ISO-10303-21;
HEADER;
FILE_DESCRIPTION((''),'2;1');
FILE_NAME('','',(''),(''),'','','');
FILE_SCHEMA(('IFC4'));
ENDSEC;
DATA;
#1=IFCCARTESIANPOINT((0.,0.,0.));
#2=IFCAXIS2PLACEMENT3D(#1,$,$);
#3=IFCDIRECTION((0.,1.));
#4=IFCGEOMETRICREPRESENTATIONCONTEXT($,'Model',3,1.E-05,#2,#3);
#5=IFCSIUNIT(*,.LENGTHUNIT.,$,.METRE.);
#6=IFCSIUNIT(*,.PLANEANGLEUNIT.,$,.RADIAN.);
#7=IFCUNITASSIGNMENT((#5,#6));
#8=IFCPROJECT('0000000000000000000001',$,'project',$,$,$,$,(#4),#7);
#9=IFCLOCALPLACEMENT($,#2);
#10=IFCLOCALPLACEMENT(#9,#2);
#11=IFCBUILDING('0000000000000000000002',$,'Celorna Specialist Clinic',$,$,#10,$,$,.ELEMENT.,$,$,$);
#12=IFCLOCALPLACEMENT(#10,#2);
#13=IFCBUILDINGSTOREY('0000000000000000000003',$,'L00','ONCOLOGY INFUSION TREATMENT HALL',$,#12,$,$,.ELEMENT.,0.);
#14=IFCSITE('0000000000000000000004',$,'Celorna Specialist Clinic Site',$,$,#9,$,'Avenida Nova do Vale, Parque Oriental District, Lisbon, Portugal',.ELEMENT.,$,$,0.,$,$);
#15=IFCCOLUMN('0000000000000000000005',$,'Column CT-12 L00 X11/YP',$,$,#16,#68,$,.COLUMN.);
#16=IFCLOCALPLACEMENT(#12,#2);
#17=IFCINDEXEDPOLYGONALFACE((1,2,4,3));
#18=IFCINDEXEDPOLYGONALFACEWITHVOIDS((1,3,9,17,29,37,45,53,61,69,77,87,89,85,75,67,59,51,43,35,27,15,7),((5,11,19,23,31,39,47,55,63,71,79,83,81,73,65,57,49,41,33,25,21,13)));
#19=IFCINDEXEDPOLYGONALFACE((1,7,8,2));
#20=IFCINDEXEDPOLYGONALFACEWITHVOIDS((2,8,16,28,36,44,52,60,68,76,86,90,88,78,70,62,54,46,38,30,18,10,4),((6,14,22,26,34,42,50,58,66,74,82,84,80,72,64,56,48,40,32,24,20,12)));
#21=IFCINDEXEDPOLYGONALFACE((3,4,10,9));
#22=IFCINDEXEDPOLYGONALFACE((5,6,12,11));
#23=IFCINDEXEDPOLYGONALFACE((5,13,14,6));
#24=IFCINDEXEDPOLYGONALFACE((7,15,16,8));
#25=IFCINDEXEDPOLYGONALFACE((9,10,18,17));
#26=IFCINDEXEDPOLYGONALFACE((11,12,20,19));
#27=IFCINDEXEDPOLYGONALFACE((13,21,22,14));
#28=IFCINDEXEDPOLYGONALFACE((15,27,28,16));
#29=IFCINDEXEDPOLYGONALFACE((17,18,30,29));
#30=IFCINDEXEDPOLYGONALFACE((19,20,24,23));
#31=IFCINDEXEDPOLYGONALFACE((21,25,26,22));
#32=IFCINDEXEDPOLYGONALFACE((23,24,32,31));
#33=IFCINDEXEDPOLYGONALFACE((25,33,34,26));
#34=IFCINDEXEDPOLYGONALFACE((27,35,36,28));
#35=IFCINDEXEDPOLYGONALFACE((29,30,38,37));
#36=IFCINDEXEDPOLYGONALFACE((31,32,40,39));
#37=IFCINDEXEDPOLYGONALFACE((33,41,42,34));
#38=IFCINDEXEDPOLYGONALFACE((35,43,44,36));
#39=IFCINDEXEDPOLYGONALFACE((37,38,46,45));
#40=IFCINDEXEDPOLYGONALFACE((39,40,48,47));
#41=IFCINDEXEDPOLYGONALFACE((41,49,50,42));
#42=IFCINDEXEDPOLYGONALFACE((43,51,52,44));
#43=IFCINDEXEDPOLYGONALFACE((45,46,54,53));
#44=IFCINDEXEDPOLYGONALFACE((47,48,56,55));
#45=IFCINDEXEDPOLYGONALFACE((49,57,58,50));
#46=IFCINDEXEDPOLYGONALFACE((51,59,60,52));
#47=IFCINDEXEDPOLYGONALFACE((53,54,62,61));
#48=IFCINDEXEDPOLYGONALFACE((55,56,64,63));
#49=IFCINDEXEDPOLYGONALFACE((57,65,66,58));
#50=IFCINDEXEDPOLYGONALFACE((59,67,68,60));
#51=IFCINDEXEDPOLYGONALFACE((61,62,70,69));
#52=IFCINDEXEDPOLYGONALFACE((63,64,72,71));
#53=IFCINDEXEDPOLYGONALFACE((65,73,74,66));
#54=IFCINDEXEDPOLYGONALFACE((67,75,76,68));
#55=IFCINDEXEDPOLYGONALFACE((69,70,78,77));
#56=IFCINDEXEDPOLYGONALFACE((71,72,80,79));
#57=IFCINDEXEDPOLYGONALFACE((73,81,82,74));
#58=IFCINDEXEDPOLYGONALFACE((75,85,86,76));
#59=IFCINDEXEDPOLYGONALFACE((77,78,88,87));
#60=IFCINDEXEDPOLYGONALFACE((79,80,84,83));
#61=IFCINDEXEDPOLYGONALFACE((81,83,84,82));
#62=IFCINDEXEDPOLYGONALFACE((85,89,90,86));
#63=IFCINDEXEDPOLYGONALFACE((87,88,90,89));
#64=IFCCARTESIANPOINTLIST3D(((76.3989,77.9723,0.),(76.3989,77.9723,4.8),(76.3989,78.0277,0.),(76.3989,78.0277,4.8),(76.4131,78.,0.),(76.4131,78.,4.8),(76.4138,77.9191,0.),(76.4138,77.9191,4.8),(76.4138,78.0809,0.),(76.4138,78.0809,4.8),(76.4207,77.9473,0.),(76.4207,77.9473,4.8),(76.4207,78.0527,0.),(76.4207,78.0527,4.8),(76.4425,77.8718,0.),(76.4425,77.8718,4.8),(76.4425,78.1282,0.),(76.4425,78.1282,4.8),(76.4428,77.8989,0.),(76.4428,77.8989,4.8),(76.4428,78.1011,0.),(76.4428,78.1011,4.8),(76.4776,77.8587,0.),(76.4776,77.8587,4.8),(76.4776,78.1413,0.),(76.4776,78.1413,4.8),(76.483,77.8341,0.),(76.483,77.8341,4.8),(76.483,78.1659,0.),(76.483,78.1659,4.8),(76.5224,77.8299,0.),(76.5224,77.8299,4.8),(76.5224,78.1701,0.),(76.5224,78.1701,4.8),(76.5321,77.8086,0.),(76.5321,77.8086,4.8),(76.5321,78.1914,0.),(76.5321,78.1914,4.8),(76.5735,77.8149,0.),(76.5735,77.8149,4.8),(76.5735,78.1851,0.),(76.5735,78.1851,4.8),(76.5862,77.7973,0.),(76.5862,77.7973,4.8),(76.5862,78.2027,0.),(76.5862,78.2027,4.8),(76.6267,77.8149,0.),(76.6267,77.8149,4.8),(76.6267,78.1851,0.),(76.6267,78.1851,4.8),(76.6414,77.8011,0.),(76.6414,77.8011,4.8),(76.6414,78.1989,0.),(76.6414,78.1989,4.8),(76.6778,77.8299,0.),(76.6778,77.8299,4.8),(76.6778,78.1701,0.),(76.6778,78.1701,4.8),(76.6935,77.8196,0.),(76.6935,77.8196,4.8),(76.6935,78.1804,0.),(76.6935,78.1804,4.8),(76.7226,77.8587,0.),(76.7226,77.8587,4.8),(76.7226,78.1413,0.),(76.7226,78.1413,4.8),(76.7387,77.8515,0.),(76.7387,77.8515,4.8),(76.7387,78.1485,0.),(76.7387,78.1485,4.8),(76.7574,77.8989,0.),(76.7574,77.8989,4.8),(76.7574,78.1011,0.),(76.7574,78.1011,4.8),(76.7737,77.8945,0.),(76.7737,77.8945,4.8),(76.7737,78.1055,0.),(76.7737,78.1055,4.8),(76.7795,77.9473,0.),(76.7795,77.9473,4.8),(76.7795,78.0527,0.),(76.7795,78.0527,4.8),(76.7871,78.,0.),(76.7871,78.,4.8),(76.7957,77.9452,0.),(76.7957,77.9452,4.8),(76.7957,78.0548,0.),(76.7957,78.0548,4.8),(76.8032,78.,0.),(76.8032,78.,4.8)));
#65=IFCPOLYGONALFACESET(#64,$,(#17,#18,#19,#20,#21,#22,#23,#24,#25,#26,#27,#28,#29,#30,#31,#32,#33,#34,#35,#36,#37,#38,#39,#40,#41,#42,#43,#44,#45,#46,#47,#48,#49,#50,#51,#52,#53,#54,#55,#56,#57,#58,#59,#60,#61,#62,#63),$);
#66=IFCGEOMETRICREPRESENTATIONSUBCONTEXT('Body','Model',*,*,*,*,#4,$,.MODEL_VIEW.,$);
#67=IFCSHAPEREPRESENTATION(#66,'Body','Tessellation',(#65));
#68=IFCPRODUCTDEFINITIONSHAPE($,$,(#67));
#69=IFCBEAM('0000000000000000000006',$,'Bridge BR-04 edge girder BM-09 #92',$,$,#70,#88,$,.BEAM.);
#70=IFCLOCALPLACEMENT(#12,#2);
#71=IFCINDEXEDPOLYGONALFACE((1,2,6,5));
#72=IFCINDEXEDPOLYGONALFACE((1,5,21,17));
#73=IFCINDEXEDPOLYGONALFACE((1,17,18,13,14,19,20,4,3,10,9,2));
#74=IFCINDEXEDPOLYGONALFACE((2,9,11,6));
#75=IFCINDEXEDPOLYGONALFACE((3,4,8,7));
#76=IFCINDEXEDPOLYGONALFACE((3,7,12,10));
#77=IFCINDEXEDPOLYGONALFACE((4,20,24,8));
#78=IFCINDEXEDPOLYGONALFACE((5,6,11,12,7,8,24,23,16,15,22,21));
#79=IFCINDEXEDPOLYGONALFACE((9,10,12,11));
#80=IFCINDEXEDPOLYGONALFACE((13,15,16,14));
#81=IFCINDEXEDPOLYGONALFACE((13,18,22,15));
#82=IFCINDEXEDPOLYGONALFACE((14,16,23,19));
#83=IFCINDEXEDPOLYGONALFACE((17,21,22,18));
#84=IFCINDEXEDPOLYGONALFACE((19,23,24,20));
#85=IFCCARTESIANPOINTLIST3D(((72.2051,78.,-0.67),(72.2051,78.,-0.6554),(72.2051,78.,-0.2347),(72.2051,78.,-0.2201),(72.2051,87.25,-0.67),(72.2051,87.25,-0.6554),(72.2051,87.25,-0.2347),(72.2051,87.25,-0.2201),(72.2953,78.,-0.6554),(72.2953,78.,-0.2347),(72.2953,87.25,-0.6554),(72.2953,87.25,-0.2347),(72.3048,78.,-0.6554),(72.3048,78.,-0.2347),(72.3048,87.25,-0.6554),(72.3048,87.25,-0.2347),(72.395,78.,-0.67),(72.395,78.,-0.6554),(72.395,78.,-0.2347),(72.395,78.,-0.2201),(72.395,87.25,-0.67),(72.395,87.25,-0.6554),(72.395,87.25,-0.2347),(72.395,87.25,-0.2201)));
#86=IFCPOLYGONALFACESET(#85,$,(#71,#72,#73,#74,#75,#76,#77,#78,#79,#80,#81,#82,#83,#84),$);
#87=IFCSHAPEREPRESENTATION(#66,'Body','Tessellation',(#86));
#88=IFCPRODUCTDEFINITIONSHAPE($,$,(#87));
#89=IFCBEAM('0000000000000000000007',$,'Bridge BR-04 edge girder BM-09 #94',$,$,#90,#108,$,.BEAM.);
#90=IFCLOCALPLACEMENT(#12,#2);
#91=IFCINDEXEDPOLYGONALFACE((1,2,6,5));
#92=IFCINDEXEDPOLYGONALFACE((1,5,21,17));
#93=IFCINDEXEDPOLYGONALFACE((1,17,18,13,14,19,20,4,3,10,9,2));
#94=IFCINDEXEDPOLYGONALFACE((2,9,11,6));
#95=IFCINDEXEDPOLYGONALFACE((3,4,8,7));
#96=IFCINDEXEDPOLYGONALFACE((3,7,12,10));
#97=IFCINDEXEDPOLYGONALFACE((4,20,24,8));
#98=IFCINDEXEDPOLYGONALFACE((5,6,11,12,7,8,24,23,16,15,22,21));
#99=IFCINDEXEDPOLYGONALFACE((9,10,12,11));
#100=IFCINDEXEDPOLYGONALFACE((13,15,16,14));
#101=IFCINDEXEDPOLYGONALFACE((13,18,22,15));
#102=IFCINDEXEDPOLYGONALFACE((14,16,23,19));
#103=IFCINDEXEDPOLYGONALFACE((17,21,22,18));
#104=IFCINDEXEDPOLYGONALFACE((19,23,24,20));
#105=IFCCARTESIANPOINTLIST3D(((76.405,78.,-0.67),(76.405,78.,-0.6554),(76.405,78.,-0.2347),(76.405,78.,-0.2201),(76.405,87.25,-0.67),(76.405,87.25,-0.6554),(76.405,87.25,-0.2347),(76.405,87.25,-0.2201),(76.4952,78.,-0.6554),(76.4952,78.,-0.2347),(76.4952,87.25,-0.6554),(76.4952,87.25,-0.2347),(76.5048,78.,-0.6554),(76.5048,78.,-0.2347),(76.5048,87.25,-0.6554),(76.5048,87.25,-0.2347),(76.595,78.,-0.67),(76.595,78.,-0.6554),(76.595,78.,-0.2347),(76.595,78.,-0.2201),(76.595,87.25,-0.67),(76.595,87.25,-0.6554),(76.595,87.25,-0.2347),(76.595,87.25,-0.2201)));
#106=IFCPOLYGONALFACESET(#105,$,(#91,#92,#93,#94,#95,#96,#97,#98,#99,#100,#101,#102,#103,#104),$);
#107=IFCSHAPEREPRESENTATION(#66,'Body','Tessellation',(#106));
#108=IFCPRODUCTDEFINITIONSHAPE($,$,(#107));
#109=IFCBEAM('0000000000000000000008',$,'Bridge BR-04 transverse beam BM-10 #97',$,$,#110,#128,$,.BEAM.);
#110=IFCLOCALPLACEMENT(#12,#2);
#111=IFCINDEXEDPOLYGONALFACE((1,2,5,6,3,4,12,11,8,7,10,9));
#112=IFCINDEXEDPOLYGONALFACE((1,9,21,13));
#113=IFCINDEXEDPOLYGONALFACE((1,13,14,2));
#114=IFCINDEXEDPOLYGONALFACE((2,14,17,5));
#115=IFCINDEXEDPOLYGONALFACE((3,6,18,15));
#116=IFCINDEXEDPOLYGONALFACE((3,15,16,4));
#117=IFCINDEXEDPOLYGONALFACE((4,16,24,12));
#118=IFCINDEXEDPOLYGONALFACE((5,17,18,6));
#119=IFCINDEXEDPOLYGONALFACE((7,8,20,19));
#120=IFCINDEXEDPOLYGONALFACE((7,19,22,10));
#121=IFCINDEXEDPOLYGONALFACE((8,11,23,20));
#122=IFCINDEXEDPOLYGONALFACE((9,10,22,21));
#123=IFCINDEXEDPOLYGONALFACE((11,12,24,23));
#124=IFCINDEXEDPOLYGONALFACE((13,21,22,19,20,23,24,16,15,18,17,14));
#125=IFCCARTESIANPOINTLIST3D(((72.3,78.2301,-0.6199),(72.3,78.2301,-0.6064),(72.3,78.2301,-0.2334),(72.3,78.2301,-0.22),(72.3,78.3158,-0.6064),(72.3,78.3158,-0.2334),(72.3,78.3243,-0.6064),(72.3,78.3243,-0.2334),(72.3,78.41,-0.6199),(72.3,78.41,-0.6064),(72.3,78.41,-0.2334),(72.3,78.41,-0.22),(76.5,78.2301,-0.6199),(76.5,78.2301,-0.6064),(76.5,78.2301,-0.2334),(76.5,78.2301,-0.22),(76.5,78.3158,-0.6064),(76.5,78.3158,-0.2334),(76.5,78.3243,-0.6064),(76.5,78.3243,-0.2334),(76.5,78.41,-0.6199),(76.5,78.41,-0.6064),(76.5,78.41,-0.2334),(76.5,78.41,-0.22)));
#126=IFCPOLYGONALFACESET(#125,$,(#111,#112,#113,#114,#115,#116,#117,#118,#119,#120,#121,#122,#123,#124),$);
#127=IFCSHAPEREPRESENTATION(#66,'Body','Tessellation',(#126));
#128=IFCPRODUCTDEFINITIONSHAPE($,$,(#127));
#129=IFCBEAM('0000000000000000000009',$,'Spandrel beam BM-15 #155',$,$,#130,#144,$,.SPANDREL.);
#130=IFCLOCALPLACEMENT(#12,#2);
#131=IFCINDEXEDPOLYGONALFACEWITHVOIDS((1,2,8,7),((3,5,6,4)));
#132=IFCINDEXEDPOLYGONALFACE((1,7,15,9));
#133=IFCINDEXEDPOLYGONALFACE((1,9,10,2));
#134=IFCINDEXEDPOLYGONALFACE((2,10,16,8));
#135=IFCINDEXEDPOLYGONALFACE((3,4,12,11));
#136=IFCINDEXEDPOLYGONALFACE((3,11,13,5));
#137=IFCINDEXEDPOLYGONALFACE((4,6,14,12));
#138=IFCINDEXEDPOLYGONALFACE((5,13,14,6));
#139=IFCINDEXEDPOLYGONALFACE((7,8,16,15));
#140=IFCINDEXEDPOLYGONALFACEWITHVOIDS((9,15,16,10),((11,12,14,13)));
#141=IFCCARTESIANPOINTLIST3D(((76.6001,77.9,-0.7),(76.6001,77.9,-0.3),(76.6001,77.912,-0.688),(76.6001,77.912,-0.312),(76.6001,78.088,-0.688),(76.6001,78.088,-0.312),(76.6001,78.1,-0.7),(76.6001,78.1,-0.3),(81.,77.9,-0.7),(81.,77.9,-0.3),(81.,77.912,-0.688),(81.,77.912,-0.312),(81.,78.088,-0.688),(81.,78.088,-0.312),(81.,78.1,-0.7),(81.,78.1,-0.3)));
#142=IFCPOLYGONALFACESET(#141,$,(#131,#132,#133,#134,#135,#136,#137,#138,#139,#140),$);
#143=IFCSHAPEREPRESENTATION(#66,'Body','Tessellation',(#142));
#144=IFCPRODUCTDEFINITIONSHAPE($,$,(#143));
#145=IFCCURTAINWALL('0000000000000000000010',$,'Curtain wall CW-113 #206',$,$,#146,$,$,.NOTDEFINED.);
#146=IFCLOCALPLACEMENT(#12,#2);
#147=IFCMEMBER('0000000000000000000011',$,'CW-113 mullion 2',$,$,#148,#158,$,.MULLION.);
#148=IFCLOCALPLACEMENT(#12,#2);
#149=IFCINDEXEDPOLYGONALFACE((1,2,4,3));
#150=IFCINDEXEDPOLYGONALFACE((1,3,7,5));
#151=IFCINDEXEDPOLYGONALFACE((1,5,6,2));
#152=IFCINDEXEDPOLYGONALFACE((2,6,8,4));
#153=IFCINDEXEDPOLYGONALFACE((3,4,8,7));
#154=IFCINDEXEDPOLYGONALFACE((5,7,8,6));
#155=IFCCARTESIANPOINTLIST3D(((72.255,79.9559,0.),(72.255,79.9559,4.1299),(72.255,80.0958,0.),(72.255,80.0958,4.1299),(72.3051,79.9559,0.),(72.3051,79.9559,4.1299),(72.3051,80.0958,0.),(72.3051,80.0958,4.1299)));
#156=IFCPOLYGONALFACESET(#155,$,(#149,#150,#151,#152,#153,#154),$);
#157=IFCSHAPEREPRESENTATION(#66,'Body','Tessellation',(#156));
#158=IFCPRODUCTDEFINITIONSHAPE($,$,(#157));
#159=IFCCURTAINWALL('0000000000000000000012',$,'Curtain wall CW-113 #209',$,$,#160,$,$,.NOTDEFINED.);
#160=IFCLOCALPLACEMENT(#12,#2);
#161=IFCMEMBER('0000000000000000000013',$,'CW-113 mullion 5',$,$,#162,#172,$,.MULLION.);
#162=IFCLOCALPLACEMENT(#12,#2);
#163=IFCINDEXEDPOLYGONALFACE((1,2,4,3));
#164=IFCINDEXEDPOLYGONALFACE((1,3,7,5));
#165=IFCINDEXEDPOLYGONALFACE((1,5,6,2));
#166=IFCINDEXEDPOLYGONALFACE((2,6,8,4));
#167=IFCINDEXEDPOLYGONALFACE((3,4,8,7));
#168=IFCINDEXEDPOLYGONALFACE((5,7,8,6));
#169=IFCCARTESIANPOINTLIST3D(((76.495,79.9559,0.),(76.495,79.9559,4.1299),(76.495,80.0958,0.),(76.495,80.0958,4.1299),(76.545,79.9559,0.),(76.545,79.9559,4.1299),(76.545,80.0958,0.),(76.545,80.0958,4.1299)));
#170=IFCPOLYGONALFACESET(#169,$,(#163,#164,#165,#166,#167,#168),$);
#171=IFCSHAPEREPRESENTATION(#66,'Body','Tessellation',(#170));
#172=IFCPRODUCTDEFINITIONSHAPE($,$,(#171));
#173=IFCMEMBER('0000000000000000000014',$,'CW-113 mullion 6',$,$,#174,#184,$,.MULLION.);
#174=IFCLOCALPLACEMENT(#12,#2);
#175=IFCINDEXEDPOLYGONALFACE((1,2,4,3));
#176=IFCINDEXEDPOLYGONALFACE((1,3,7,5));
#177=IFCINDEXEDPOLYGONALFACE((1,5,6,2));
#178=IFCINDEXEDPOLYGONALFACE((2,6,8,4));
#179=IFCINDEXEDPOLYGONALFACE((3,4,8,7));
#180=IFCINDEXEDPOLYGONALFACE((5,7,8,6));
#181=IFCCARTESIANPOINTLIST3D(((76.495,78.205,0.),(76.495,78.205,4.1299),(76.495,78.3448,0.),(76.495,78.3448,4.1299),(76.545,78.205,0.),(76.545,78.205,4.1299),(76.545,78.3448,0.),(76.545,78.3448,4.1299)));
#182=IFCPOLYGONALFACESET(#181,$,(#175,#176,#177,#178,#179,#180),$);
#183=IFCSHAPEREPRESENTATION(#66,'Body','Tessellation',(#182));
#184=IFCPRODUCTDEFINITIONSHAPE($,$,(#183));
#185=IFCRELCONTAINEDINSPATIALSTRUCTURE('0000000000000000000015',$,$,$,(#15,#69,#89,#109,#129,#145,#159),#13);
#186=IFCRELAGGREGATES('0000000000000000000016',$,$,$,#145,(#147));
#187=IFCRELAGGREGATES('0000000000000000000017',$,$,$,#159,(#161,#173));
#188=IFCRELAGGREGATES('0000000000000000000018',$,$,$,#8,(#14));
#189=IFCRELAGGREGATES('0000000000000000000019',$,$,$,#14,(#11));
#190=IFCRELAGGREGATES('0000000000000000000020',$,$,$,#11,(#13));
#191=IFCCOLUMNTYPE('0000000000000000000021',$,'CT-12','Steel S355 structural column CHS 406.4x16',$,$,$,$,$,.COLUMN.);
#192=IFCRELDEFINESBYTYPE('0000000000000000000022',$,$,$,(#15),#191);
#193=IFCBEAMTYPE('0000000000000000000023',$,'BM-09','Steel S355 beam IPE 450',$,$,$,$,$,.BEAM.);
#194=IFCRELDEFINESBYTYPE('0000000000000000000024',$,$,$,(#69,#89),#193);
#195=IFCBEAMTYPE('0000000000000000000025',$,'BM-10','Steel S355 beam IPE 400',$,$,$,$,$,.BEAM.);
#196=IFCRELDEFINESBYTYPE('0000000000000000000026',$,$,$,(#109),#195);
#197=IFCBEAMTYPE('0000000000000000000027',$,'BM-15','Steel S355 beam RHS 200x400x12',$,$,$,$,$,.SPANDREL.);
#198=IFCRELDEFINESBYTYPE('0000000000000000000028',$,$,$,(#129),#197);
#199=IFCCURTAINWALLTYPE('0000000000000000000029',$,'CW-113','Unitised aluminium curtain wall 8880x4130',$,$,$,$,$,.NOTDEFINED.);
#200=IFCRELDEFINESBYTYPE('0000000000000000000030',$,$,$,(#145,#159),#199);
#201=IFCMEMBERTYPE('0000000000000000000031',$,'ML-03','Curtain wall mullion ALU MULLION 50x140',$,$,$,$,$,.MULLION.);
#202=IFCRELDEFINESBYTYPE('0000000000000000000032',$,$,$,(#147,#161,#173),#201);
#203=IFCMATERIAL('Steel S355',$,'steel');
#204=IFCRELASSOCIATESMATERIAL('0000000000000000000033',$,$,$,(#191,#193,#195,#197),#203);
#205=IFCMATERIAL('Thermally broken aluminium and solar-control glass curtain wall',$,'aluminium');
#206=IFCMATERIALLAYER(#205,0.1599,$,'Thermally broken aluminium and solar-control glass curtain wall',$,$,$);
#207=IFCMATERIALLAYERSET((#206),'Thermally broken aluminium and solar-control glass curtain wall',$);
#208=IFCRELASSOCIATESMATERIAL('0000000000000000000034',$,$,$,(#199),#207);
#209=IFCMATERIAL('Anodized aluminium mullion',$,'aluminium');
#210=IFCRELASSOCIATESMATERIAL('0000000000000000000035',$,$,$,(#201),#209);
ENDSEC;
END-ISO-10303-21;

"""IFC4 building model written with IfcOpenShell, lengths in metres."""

from ifc_helpers import new_model, si_unit, direction, frame, origin, origin_2d, place, context, subcontext, project, spatial, rectangle, hollow_rectangle, hollow_circle, i_section, extrude, material, layer, layer_set, material_profile, profile_set, type_object, element, aggregate, save


model = new_model("IFC4")

# Units and contexts
model_context = context("Model", 3, precision=1e-05, world=origin(), true_north=direction((0.0, 1.0)))
body_context = subcontext(model_context, "Body", "Model", "MODEL_VIEW")
ifc_project = project(units=[si_unit("LENGTHUNIT", "METRE"), si_unit("PLANEANGLEUNIT", "RADIAN")], contexts=[model_context])

# Site, building, storey
site_placement = place(None, origin())
site = spatial("IfcSite", under=ifc_project, at=site_placement, Name="Celorna Specialist Clinic Site", LongName="Avenida Nova do Vale, Parque Oriental District, Lisbon, Portugal", CompositionType="ELEMENT", RefElevation=0.0)
building_placement = place(site_placement, origin())
building = spatial("IfcBuilding", under=site, at=building_placement, Name="Celorna Specialist Clinic", CompositionType="ELEMENT")
storey_placement = place(building_placement, origin())
storey = spatial("IfcBuildingStorey", under=building, at=storey_placement, Name="L00", Description="ONCOLOGY INFUSION TREATMENT HALL", CompositionType="ELEMENT", Elevation=0.0)

# Column
ifc_material_1 = material(Name="Steel S355", Category="steel")
ifc_material_profile_1 = material_profile(ifc_material_1, hollow_circle(Radius=0.2031, WallThickness=0.0161, at=origin_2d()), Name="CHS 406.4x16")
ifc_profile_set_1 = profile_set([ifc_material_profile_1], Name="Steel S355")
column_type = type_object("IfcColumnType", Name="CT-12", Description="Steel S355 structural column CHS 406.4x16", PredefinedType="COLUMN", material=ifc_profile_set_1)
column_placement = place(storey_placement, frame((76.6001, 78.0, 0.0), z_axis=(0.0, 0.0, 1.0), x_axis=(1.0, 0.0, 0.0)))
element("IfcColumn", 1, at=column_placement, inside=storey, type_object=column_type, Name="Column CT-12 L00 X11/YP", PredefinedType="COLUMN", context=body_context, shape_type="SweptSolid", body=[
    extrude(hollow_circle(Radius=0.2031, WallThickness=0.0161, at=origin_2d()), origin(), (0.0, 0.0, 1.0), 4.8),
])

# Beams
ifc_material_profile_2 = material_profile(ifc_material_1, i_section(OverallWidth=0.1899, OverallDepth=0.45, WebThickness=0.0095, FlangeThickness=0.0146, at=origin_2d()), Name="IPE 450")
ifc_profile_set_2 = profile_set([ifc_material_profile_2], Name="Steel S355")
beam_type_1 = type_object("IfcBeamType", Name="BM-09", Description="Steel S355 beam IPE 450", PredefinedType="BEAM", material=ifc_profile_set_2)
for number, where, z_axis, x_axis, name in (
    (2, (72.3, 78.0, -0.4451), (0.0, 1.0, 0.0), (-1.0, 0.0, 0.0), "Bridge BR-04 edge girder BM-09 #92"),
    (3, (76.5, 78.0, -0.4451), (0.0, 1.0, 0.0), (-1.0, 0.0, 0.0), "Bridge BR-04 edge girder BM-09 #94"),
):
    element("IfcBeam", number, at=place(storey_placement, frame(where, z_axis=z_axis, x_axis=x_axis)), inside=storey, type_object=beam_type_1, Name=name, PredefinedType="BEAM", context=body_context, shape_type="SweptSolid", body=[
        extrude(i_section(OverallWidth=0.1899, OverallDepth=0.45, WebThickness=0.0095, FlangeThickness=0.0146, at=origin_2d()), origin(), (0.0, 0.0, 1.0), 9.25),
    ])
ifc_material_profile_3 = material_profile(ifc_material_1, i_section(OverallWidth=0.1799, OverallDepth=0.3999, WebThickness=0.0085, FlangeThickness=0.0134, at=origin_2d()), Name="IPE 400")
ifc_profile_set_3 = profile_set([ifc_material_profile_3], Name="Steel S355")
beam_type_2 = type_object("IfcBeamType", Name="BM-10", Description="Steel S355 beam IPE 400", PredefinedType="BEAM", material=ifc_profile_set_3)
beam_1_placement = place(storey_placement, frame((72.3, 78.3201, -0.4199), z_axis=(1.0, 0.0, 0.0), x_axis=(0.0, 1.0, 0.0)))
element("IfcBeam", 4, at=beam_1_placement, inside=storey, type_object=beam_type_2, Name="Bridge BR-04 transverse beam BM-10 #97", PredefinedType="BEAM", context=body_context, shape_type="SweptSolid", body=[
    extrude(i_section(OverallWidth=0.1799, OverallDepth=0.3999, WebThickness=0.0085, FlangeThickness=0.0134, at=origin_2d()), origin(), (0.0, 0.0, 1.0), 4.2),
])
ifc_material_profile_4 = material_profile(ifc_material_1, hollow_rectangle(XDim=0.2, YDim=0.3999, WallThickness=0.012, at=origin_2d()), Name="RHS 200x400x12")
ifc_profile_set_4 = profile_set([ifc_material_profile_4], Name="Steel S355")
beam_type_3 = type_object("IfcBeamType", Name="BM-15", Description="Steel S355 beam RHS 200x400x12", PredefinedType="SPANDREL", material=ifc_profile_set_4)
beam_2_placement = place(storey_placement, frame((76.6001, 78.0, -0.5), z_axis=(1.0, 0.0, 0.0), x_axis=(0.0, 1.0, 0.0)))
element("IfcBeam", 5, at=beam_2_placement, inside=storey, type_object=beam_type_3, Name="Spandrel beam BM-15 #155", PredefinedType="SPANDREL", context=body_context, shape_type="SweptSolid", body=[
    extrude(hollow_rectangle(XDim=0.2, YDim=0.3999, WallThickness=0.012, at=origin_2d()), origin(), (0.0, 0.0, 1.0), 4.3999),
])

# Curtain wall, member
ifc_material_2 = material(Name="Thermally broken aluminium and solar-control glass curtain wall", Category="aluminium")
ifc_layer_1 = layer(ifc_material_2, 0.1599, Name="Thermally broken aluminium and solar-control glass curtain wall")
ifc_layer_set_1 = layer_set([ifc_layer_1], Name="Thermally broken aluminium and solar-control glass curtain wall")
curtain_wall_type = type_object("IfcCurtainWallType", Name="CW-113", Description="Unitised aluminium curtain wall 8880x4130", PredefinedType="NOTDEFINED", material=ifc_layer_set_1)
curtain_wall_1_placement = place(storey_placement, origin())
curtain_wall_1 = element("IfcCurtainWall", 6, at=curtain_wall_1_placement, inside=storey, type_object=curtain_wall_type, Name="Curtain wall CW-113 #206", PredefinedType="NOTDEFINED")
ifc_material_3 = material(Name="Anodized aluminium mullion", Category="aluminium")
ifc_material_profile_5 = material_profile(ifc_material_3, rectangle(XDim=0.05, YDim=0.1399, at=origin_2d()), Name="ALU MULLION 50x140")
ifc_profile_set_5 = profile_set([ifc_material_profile_5], Name="Anodized aluminium mullion")
member_type_1 = type_object("IfcMemberType", Name="ML-03", Description="Curtain wall mullion ALU MULLION 50x140", PredefinedType="MULLION", material=ifc_profile_set_5)
member_1_placement = place(storey_placement, frame((72.28, 80.0259, 0.0), z_axis=(0.0, 0.0, 1.0), x_axis=(-1.0, 0.0, 0.0)))
member_1 = element("IfcMember", 7, at=member_1_placement, type_object=member_type_1, Name="CW-113 mullion 2", PredefinedType="MULLION", context=body_context, shape_type="SweptSolid", body=[
    extrude(rectangle(XDim=0.05, YDim=0.1399, at=origin_2d()), origin(), (0.0, 0.0, 1.0), 4.1299),
])

# Curtain wall, members
curtain_wall_2_placement = place(storey_placement, origin())
curtain_wall_2 = element("IfcCurtainWall", 8, at=curtain_wall_2_placement, inside=storey, type_object=curtain_wall_type, Name="Curtain wall CW-113 #209", PredefinedType="NOTDEFINED")
member_2_placement = place(storey_placement, frame((76.52, 80.0259, 0.0), z_axis=(0.0, 0.0, 1.0), x_axis=(1.0, 0.0, 0.0)))
member_2 = element("IfcMember", 9, at=member_2_placement, type_object=member_type_1, Name="CW-113 mullion 5", PredefinedType="MULLION", context=body_context, shape_type="SweptSolid", body=[
    extrude(rectangle(XDim=0.05, YDim=0.1399, at=origin_2d()), origin(), (0.0, 0.0, 1.0), 4.1299),
])
member_3_placement = place(storey_placement, frame((76.52, 78.2749, 0.0), z_axis=(0.0, 0.0, 1.0), x_axis=(1.0, 0.0, 0.0)))
member_3 = element("IfcMember", 10, at=member_3_placement, type_object=member_type_1, Name="CW-113 mullion 6", PredefinedType="MULLION", context=body_context, shape_type="SweptSolid", body=[
    extrude(rectangle(XDim=0.05, YDim=0.1399, at=origin_2d()), origin(), (0.0, 0.0, 1.0), 4.1299),
])

aggregate(curtain_wall_1, [member_1])
aggregate(curtain_wall_2, [member_2, member_3])

save(model, "model.ifc")
